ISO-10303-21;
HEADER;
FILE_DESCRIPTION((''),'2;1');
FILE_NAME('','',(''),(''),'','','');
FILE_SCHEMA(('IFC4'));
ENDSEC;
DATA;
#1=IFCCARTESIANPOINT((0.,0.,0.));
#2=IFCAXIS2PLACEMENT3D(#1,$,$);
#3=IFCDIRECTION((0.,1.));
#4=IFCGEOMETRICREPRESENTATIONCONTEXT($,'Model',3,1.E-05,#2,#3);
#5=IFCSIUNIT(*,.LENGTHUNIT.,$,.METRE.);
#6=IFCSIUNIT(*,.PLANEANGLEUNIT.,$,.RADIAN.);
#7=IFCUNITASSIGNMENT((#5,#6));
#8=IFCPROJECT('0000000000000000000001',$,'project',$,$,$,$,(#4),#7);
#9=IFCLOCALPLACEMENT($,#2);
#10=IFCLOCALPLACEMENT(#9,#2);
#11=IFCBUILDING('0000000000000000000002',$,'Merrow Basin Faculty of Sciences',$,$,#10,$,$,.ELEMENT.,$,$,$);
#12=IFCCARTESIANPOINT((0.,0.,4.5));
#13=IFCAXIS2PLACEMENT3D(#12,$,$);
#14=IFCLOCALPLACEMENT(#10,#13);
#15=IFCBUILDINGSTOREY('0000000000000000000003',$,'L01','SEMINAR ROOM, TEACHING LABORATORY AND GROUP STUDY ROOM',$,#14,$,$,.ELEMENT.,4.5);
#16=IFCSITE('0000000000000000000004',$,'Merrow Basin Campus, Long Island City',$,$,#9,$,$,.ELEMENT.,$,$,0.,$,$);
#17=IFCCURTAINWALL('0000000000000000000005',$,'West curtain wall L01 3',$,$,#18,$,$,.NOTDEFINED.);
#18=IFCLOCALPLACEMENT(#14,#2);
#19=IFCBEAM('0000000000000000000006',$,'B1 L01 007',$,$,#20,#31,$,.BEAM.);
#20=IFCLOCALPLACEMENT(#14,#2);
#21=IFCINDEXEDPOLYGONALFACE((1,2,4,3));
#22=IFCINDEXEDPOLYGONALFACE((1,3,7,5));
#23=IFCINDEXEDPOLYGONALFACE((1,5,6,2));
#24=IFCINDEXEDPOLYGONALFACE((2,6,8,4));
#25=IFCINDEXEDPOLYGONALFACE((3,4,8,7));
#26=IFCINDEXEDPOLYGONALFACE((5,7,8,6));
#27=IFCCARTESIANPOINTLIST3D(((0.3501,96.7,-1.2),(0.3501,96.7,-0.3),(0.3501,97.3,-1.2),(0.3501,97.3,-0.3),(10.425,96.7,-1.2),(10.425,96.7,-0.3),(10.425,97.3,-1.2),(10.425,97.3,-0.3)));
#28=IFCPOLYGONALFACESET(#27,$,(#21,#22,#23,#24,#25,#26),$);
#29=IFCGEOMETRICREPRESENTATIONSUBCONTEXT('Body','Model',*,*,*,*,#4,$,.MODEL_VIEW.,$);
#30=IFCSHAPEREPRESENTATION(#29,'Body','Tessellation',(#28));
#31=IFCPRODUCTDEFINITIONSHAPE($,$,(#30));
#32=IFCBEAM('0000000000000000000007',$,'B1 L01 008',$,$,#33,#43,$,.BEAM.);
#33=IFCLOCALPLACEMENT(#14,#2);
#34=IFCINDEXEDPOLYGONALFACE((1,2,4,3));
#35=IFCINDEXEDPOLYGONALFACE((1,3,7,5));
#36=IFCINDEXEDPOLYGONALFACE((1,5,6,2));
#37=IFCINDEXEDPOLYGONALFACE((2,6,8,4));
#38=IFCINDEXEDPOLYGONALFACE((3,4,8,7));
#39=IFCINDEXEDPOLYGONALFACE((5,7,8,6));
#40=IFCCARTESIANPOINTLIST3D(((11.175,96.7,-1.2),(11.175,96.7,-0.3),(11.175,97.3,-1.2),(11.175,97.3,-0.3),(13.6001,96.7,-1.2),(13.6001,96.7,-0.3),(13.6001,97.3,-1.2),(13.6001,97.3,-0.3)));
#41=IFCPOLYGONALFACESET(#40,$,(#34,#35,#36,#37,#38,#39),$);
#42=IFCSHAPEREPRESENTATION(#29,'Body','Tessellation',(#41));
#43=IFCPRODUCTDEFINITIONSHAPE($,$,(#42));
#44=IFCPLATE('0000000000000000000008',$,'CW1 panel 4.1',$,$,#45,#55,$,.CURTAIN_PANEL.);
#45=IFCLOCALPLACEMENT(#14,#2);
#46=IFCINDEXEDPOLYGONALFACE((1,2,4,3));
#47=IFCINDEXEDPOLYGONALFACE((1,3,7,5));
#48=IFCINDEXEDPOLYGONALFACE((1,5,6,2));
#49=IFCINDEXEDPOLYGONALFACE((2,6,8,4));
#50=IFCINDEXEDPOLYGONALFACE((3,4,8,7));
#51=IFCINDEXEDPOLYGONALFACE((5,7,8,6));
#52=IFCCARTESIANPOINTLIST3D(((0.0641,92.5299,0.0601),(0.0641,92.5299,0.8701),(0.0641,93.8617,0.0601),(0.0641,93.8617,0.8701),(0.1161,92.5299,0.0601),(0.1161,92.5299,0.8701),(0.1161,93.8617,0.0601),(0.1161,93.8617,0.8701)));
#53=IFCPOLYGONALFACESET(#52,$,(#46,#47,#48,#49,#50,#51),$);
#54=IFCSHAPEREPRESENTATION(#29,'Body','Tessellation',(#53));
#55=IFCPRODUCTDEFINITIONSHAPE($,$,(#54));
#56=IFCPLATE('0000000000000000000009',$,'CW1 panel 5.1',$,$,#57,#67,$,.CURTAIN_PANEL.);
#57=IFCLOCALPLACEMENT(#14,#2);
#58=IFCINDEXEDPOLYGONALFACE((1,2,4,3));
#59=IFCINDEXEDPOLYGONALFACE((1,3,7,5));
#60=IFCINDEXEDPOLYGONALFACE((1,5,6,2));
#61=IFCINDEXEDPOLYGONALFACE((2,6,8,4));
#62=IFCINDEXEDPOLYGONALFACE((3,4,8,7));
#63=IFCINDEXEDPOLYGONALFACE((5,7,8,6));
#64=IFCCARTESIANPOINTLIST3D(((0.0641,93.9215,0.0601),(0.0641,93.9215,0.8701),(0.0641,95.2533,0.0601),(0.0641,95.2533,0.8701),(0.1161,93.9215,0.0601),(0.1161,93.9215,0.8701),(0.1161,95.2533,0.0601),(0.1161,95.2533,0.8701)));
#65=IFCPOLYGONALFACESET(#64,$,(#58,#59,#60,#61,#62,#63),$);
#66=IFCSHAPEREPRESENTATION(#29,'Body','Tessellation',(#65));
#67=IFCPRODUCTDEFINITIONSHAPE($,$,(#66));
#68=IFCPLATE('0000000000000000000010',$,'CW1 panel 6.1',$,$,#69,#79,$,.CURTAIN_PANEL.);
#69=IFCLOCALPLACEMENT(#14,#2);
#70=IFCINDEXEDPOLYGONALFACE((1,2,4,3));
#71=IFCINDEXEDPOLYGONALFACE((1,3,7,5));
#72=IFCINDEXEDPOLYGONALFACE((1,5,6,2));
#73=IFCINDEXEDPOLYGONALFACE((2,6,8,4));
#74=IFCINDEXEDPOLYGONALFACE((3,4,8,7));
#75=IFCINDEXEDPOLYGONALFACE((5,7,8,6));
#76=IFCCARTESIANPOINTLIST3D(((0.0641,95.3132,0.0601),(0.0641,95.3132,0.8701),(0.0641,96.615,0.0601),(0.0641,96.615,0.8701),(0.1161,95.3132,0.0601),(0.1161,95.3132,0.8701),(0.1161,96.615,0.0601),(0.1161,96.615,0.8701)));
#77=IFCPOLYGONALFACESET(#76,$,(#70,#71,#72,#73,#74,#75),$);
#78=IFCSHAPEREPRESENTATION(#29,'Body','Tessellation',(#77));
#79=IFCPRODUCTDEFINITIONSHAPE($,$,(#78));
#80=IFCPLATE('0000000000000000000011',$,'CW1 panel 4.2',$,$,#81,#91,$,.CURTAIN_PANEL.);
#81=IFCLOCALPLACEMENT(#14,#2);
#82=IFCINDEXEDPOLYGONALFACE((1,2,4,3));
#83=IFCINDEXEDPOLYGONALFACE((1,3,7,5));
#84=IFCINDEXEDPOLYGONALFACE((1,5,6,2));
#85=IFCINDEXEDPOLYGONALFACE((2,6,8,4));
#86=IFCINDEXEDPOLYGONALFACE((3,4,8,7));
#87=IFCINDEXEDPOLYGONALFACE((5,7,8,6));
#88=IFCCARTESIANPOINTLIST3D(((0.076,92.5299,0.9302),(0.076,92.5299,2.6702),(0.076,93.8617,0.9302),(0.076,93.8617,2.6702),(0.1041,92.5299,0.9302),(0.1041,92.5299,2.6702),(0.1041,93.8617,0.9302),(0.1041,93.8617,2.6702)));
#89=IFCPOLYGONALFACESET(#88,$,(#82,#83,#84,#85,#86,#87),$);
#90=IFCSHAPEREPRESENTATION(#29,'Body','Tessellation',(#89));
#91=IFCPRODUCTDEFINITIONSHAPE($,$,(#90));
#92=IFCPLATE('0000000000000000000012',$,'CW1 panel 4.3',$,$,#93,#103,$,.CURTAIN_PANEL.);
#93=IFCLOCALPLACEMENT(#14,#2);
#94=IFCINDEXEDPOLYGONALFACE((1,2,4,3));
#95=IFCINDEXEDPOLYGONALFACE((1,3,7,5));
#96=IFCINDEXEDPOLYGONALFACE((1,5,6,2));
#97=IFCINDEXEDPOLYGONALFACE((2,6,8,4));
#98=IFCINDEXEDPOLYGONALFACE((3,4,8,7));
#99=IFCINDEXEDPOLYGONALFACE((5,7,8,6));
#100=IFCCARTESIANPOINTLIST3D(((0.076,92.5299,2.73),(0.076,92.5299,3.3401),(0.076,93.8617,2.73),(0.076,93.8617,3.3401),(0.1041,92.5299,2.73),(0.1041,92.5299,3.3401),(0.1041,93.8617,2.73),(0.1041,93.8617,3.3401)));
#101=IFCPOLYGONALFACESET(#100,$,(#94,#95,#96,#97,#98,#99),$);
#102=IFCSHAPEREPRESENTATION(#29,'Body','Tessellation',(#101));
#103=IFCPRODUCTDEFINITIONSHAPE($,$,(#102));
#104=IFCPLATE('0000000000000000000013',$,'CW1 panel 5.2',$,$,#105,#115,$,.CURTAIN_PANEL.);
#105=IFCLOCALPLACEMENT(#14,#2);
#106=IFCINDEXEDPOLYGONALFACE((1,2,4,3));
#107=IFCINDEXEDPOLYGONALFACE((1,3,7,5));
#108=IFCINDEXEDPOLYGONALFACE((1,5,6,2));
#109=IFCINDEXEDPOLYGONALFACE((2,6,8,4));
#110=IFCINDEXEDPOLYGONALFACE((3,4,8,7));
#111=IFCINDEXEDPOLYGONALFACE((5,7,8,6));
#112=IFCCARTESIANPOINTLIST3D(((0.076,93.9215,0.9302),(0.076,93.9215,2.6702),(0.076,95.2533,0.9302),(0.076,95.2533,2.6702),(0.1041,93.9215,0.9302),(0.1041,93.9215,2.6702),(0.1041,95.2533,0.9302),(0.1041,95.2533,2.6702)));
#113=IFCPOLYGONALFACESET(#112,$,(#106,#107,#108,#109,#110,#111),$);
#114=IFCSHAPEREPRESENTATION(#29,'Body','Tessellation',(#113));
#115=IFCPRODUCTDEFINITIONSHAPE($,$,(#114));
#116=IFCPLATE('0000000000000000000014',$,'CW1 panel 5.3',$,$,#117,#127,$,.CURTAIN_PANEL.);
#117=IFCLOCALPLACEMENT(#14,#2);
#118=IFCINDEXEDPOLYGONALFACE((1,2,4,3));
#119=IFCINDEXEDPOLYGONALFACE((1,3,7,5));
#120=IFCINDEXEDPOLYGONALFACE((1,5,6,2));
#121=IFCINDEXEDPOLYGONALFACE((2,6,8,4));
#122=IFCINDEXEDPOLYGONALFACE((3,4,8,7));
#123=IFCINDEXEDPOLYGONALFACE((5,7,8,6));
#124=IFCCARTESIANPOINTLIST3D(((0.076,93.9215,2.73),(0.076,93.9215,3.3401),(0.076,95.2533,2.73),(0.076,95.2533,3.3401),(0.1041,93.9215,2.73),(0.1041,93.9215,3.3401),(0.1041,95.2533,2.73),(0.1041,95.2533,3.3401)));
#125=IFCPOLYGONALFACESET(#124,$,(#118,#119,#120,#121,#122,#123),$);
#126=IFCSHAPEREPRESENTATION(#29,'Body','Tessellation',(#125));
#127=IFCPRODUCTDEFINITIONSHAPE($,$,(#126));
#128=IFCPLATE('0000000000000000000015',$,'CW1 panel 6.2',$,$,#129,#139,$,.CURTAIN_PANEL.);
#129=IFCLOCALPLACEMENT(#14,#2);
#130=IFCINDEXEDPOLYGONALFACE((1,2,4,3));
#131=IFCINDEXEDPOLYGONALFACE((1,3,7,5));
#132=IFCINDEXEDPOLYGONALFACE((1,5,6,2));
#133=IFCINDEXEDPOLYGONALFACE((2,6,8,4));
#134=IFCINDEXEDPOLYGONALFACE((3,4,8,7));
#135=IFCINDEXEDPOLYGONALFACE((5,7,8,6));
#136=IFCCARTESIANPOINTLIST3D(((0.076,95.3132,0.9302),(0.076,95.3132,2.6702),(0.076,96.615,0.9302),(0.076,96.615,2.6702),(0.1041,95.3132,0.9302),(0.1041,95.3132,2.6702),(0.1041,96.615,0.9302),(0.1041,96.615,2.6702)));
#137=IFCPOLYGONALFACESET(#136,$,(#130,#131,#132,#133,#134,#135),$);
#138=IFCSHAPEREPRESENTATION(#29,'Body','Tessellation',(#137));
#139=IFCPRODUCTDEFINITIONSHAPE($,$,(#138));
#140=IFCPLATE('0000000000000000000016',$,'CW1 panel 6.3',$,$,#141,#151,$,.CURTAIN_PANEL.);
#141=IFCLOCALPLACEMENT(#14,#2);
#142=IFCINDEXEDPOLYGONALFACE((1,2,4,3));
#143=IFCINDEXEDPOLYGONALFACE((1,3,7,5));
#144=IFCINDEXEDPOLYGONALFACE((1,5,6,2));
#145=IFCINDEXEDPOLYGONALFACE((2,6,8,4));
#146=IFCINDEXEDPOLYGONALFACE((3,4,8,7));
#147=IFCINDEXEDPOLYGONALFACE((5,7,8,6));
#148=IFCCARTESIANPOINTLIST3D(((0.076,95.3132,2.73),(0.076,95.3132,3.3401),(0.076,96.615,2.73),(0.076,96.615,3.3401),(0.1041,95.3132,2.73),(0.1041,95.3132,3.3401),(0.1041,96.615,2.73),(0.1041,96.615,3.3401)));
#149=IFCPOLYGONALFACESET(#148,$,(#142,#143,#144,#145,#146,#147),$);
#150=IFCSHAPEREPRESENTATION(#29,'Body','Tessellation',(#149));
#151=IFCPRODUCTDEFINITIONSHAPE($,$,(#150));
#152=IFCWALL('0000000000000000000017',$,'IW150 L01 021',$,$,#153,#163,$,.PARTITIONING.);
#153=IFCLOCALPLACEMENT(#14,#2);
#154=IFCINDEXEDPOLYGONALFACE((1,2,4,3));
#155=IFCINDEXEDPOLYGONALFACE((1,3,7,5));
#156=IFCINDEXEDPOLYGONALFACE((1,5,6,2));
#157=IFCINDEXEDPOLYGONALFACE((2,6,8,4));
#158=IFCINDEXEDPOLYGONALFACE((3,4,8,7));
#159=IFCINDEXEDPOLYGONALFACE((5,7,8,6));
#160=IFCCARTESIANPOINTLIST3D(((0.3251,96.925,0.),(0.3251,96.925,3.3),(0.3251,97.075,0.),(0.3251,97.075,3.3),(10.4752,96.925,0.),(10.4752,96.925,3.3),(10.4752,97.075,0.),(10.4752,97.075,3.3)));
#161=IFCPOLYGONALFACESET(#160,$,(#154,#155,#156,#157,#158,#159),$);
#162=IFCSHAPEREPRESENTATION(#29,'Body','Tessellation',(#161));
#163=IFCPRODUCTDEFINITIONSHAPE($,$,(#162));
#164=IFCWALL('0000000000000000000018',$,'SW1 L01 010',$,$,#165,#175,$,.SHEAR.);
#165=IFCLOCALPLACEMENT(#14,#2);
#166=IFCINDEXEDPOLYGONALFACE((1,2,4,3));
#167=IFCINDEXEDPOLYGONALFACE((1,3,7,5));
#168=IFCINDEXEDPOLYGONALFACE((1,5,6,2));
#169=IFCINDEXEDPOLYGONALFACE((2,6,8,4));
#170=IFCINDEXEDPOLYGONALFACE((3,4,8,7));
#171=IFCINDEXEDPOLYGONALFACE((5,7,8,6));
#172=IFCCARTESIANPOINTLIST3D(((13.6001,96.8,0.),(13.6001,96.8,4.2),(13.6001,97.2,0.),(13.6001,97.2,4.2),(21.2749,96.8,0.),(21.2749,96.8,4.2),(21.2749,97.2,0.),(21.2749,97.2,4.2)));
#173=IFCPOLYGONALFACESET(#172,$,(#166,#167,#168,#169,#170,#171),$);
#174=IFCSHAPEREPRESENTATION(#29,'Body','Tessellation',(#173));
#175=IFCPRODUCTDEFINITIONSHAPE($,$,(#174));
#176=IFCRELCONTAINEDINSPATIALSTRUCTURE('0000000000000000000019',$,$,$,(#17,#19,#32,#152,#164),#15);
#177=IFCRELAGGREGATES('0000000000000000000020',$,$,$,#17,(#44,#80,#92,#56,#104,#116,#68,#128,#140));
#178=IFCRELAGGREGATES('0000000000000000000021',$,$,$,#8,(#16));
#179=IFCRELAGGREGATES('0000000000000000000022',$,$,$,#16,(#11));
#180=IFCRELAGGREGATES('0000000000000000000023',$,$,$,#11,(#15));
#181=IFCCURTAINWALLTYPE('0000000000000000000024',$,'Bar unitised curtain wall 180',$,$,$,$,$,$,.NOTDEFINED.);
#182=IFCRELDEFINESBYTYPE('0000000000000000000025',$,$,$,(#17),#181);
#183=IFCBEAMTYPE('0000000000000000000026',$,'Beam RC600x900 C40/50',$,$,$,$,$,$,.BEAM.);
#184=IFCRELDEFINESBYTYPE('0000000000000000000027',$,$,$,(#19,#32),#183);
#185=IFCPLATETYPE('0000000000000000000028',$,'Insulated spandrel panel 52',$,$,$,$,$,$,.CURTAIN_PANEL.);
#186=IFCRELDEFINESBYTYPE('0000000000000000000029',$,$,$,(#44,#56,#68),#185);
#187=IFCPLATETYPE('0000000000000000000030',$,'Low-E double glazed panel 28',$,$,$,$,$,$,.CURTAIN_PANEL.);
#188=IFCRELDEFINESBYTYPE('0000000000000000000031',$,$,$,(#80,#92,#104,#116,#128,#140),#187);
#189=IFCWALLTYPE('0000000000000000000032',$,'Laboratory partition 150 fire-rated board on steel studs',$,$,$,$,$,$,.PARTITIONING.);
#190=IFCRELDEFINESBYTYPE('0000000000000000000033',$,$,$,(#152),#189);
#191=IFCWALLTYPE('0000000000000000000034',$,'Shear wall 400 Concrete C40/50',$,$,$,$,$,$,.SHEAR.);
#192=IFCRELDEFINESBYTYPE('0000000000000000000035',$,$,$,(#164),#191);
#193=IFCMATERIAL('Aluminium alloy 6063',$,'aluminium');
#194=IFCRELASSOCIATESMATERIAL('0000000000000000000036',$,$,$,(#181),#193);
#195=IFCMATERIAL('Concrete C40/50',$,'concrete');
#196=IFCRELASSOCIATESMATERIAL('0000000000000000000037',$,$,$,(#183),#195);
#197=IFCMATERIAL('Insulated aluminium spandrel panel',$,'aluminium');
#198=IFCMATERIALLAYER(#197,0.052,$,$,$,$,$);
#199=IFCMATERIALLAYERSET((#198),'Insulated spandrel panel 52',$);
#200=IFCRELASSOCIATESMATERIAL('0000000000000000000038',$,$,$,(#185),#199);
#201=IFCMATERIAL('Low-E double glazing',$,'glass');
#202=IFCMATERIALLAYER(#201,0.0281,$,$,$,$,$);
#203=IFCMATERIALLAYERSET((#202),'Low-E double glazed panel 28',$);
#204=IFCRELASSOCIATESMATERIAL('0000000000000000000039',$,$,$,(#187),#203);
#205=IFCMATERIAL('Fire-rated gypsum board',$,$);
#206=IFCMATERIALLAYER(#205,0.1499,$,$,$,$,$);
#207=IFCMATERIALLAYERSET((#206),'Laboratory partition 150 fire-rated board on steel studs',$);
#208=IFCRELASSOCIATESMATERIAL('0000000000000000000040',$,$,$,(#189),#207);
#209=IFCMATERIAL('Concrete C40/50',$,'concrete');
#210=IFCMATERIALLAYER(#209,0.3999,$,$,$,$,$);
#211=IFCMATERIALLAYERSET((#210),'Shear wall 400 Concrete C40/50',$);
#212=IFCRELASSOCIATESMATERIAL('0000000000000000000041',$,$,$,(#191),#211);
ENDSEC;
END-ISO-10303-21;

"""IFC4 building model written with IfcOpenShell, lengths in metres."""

from ifc_helpers import new_model, si_unit, direction, frame, frame_2d, origin, origin_2d, place, context, subcontext, project, spatial, rectangle, extrude, material, layer, layer_set, material_profile, profile_set, type_object, element, aggregate, save


model = new_model("IFC4")

# Units and contexts
model_context = context("Model", 3, precision=1e-05, world=origin(), true_north=direction((0.0, 1.0)))
body_context = subcontext(model_context, "Body", "Model", "MODEL_VIEW")
ifc_project = project(units=[si_unit("LENGTHUNIT", "METRE"), si_unit("PLANEANGLEUNIT", "RADIAN")], contexts=[model_context])

# Site, building, storey
site_placement = place(None, origin())
site = spatial("IfcSite", under=ifc_project, at=site_placement, Name="Merrow Basin Campus, Long Island City", CompositionType="ELEMENT", RefElevation=0.0)
building_placement = place(site_placement, origin())
building = spatial("IfcBuilding", under=site, at=building_placement, Name="Merrow Basin Faculty of Sciences", CompositionType="ELEMENT")
storey_placement = place(building_placement, frame((0.0, 0.0, 4.5)))
storey = spatial("IfcBuildingStorey", under=building, at=storey_placement, Name="L01", Description="SEMINAR ROOM, TEACHING LABORATORY AND GROUP STUDY ROOM", CompositionType="ELEMENT", Elevation=4.5)

# Curtain wall
ifc_material_1 = material(Name="Aluminium alloy 6063", Category="aluminium")
curtain_wall_type = type_object("IfcCurtainWallType", Name="Bar unitised curtain wall 180", PredefinedType="NOTDEFINED", material=ifc_material_1)
curtain_wall_placement = place(storey_placement, origin())
curtain_wall = element("IfcCurtainWall", 1, at=curtain_wall_placement, inside=storey, type_object=curtain_wall_type, Name="West curtain wall L01 3", PredefinedType="NOTDEFINED")

# Beams
ifc_material_2 = material(Name="Concrete C40/50", Category="concrete")
ifc_material_profile_1 = material_profile(ifc_material_2, rectangle(XDim=0.6001, YDim=0.8999, at=origin_2d()))
ifc_profile_set_1 = profile_set([ifc_material_profile_1], Name="Concrete C40/50")
beam_type = type_object("IfcBeamType", Name="Beam RC600x900 C40/50", PredefinedType="BEAM", material=ifc_profile_set_1)
beam_1_placement = place(storey_placement, frame((0.3501, 97.0, -0.75), z_axis=(1.0, 0.0, 0.0), x_axis=(0.0, 1.0, 0.0)))
element("IfcBeam", 2, at=beam_1_placement, inside=storey, type_object=beam_type, Name="B1 L01 007", PredefinedType="BEAM", context=body_context, shape_type="SweptSolid", body=[
    extrude(rectangle(XDim=0.6001, YDim=0.8999, at=origin_2d()), origin(), (0.0, 0.0, 1.0), 10.075),
])
beam_2_placement = place(storey_placement, frame((11.175, 97.0, -0.75), z_axis=(1.0, 0.0, 0.0), x_axis=(0.0, 1.0, 0.0)))
element("IfcBeam", 3, at=beam_2_placement, inside=storey, type_object=beam_type, Name="B1 L01 008", PredefinedType="BEAM", context=body_context, shape_type="SweptSolid", body=[
    extrude(rectangle(XDim=0.6001, YDim=0.8999, at=origin_2d()), origin(), (0.0, 0.0, 1.0), 2.425),
])

# Plates
ifc_material_3 = material(Name="Insulated aluminium spandrel panel", Category="aluminium")
ifc_layer_1 = layer(ifc_material_3, 0.052)
ifc_layer_set_1 = layer_set([ifc_layer_1], Name="Insulated spandrel panel 52")
plate_type_1 = type_object("IfcPlateType", Name="Insulated spandrel panel 52", PredefinedType="CURTAIN_PANEL", material=ifc_layer_set_1)
plate_1_placement = place(storey_placement, frame((0.0901, 93.1958, 0.0601), z_axis=(0.0, 0.0, 1.0), x_axis=(0.0, 1.0, 0.0)))
plate_1 = element("IfcPlate", 4, at=plate_1_placement, type_object=plate_type_1, Name="CW1 panel 4.1", PredefinedType="CURTAIN_PANEL", context=body_context, shape_type="SweptSolid", body=[
    extrude(rectangle(XDim=1.3318, YDim=0.052, at=origin_2d()), origin(), (0.0, 0.0, 1.0), 0.8101),
])
plate_2_placement = place(storey_placement, frame((0.0901, 94.5874, 0.0601), z_axis=(0.0, 0.0, 1.0), x_axis=(0.0, 1.0, 0.0)))
plate_2 = element("IfcPlate", 5, at=plate_2_placement, type_object=plate_type_1, Name="CW1 panel 5.1", PredefinedType="CURTAIN_PANEL", context=body_context, shape_type="SweptSolid", body=[
    extrude(rectangle(XDim=1.3318, YDim=0.052, at=origin_2d()), origin(), (0.0, 0.0, 1.0), 0.8101),
])
plate_3_placement = place(storey_placement, frame((0.0901, 95.9641, 0.0601), z_axis=(0.0, 0.0, 1.0), x_axis=(0.0, 1.0, 0.0)))
plate_3 = element("IfcPlate", 6, at=plate_3_placement, type_object=plate_type_1, Name="CW1 panel 6.1", PredefinedType="CURTAIN_PANEL", context=body_context, shape_type="SweptSolid", body=[
    extrude(rectangle(XDim=1.3018, YDim=0.052, at=origin_2d()), origin(), (0.0, 0.0, 1.0), 0.8101),
])
ifc_material_4 = material(Name="Low-E double glazing", Category="glass")
ifc_layer_2 = layer(ifc_material_4, 0.0281)
ifc_layer_set_2 = layer_set([ifc_layer_2], Name="Low-E double glazed panel 28")
plate_type_2 = type_object("IfcPlateType", Name="Low-E double glazed panel 28", PredefinedType="CURTAIN_PANEL", material=ifc_layer_set_2)
plate_4_placement = place(storey_placement, frame((0.0901, 93.1958, 0.9302), z_axis=(0.0, 0.0, 1.0), x_axis=(0.0, 1.0, 0.0)))
plate_4 = element("IfcPlate", 7, at=plate_4_placement, type_object=plate_type_2, Name="CW1 panel 4.2", PredefinedType="CURTAIN_PANEL", context=body_context, shape_type="SweptSolid", body=[
    extrude(rectangle(XDim=1.3318, YDim=0.0281, at=origin_2d()), origin(), (0.0, 0.0, 1.0), 1.74),
])
plate_5_placement = place(storey_placement, frame((0.0901, 93.1958, 2.73), z_axis=(0.0, 0.0, 1.0), x_axis=(0.0, 1.0, 0.0)))
plate_5 = element("IfcPlate", 8, at=plate_5_placement, type_object=plate_type_2, Name="CW1 panel 4.3", PredefinedType="CURTAIN_PANEL", context=body_context, shape_type="SweptSolid", body=[
    extrude(rectangle(XDim=1.3318, YDim=0.0281, at=origin_2d()), origin(), (0.0, 0.0, 1.0), 0.6101),
])
plate_6_placement = place(storey_placement, frame((0.0901, 94.5874, 0.9302), z_axis=(0.0, 0.0, 1.0), x_axis=(0.0, 1.0, 0.0)))
plate_6 = element("IfcPlate", 9, at=plate_6_placement, type_object=plate_type_2, Name="CW1 panel 5.2", PredefinedType="CURTAIN_PANEL", context=body_context, shape_type="SweptSolid", body=[
    extrude(rectangle(XDim=1.3318, YDim=0.0281, at=origin_2d()), origin(), (0.0, 0.0, 1.0), 1.74),
])
plate_7_placement = place(storey_placement, frame((0.0901, 94.5874, 2.73), z_axis=(0.0, 0.0, 1.0), x_axis=(0.0, 1.0, 0.0)))
plate_7 = element("IfcPlate", 10, at=plate_7_placement, type_object=plate_type_2, Name="CW1 panel 5.3", PredefinedType="CURTAIN_PANEL", context=body_context, shape_type="SweptSolid", body=[
    extrude(rectangle(XDim=1.3318, YDim=0.0281, at=origin_2d()), origin(), (0.0, 0.0, 1.0), 0.6101),
])
plate_8_placement = place(storey_placement, frame((0.0901, 95.9641, 0.9302), z_axis=(0.0, 0.0, 1.0), x_axis=(0.0, 1.0, 0.0)))
plate_8 = element("IfcPlate", 11, at=plate_8_placement, type_object=plate_type_2, Name="CW1 panel 6.2", PredefinedType="CURTAIN_PANEL", context=body_context, shape_type="SweptSolid", body=[
    extrude(rectangle(XDim=1.3018, YDim=0.0281, at=origin_2d()), origin(), (0.0, 0.0, 1.0), 1.74),
])
plate_9_placement = place(storey_placement, frame((0.0901, 95.9641, 2.73), z_axis=(0.0, 0.0, 1.0), x_axis=(0.0, 1.0, 0.0)))
plate_9 = element("IfcPlate", 12, at=plate_9_placement, type_object=plate_type_2, Name="CW1 panel 6.3", PredefinedType="CURTAIN_PANEL", context=body_context, shape_type="SweptSolid", body=[
    extrude(rectangle(XDim=1.3018, YDim=0.0281, at=origin_2d()), origin(), (0.0, 0.0, 1.0), 0.6101),
])
aggregate(curtain_wall, [plate_1, plate_4, plate_5, plate_2, plate_6, plate_7, plate_3, plate_8, plate_9])

# Walls
ifc_material_5 = material(Name="Fire-rated gypsum board")
ifc_layer_3 = layer(ifc_material_5, 0.1499)
ifc_layer_set_3 = layer_set([ifc_layer_3], Name="Laboratory partition 150 fire-rated board on steel studs")
wall_type_1 = type_object("IfcWallType", Name="Laboratory partition 150 fire-rated board on steel studs", PredefinedType="PARTITIONING", material=ifc_layer_set_3)
wall_1_placement = place(storey_placement, frame((0.325, 97.0, 0.0), z_axis=(0.0, 0.0, 1.0), x_axis=(1.0, 0.0, 0.0)))
element("IfcWall", 13, at=wall_1_placement, inside=storey, type_object=wall_type_1, Name="IW150 L01 021", PredefinedType="PARTITIONING", context=body_context, shape_type="SweptSolid", body=[
    extrude(rectangle(XDim=10.1501, YDim=0.1499, at=frame_2d((5.0752, 0.0))), origin(), (0.0, 0.0, 1.0), 3.3),
])
ifc_material_6 = material(Name="Concrete C40/50", Category="concrete")
ifc_layer_4 = layer(ifc_material_6, 0.3999)
ifc_layer_set_4 = layer_set([ifc_layer_4], Name="Shear wall 400 Concrete C40/50")
wall_type_2 = type_object("IfcWallType", Name="Shear wall 400 Concrete C40/50", PredefinedType="SHEAR", material=ifc_layer_set_4)
wall_2_placement = place(storey_placement, frame((13.6001, 97.0, 0.0), z_axis=(0.0, 0.0, 1.0), x_axis=(1.0, 0.0, 0.0)))
element("IfcWall", 14, at=wall_2_placement, inside=storey, type_object=wall_type_2, Name="SW1 L01 010", PredefinedType="SHEAR", context=body_context, shape_type="SweptSolid", body=[
    extrude(rectangle(XDim=7.6748, YDim=0.3999, at=frame_2d((3.8374, 0.0))), origin(), (0.0, 0.0, 1.0), 4.2),
])

save(model, "model.ifc")
